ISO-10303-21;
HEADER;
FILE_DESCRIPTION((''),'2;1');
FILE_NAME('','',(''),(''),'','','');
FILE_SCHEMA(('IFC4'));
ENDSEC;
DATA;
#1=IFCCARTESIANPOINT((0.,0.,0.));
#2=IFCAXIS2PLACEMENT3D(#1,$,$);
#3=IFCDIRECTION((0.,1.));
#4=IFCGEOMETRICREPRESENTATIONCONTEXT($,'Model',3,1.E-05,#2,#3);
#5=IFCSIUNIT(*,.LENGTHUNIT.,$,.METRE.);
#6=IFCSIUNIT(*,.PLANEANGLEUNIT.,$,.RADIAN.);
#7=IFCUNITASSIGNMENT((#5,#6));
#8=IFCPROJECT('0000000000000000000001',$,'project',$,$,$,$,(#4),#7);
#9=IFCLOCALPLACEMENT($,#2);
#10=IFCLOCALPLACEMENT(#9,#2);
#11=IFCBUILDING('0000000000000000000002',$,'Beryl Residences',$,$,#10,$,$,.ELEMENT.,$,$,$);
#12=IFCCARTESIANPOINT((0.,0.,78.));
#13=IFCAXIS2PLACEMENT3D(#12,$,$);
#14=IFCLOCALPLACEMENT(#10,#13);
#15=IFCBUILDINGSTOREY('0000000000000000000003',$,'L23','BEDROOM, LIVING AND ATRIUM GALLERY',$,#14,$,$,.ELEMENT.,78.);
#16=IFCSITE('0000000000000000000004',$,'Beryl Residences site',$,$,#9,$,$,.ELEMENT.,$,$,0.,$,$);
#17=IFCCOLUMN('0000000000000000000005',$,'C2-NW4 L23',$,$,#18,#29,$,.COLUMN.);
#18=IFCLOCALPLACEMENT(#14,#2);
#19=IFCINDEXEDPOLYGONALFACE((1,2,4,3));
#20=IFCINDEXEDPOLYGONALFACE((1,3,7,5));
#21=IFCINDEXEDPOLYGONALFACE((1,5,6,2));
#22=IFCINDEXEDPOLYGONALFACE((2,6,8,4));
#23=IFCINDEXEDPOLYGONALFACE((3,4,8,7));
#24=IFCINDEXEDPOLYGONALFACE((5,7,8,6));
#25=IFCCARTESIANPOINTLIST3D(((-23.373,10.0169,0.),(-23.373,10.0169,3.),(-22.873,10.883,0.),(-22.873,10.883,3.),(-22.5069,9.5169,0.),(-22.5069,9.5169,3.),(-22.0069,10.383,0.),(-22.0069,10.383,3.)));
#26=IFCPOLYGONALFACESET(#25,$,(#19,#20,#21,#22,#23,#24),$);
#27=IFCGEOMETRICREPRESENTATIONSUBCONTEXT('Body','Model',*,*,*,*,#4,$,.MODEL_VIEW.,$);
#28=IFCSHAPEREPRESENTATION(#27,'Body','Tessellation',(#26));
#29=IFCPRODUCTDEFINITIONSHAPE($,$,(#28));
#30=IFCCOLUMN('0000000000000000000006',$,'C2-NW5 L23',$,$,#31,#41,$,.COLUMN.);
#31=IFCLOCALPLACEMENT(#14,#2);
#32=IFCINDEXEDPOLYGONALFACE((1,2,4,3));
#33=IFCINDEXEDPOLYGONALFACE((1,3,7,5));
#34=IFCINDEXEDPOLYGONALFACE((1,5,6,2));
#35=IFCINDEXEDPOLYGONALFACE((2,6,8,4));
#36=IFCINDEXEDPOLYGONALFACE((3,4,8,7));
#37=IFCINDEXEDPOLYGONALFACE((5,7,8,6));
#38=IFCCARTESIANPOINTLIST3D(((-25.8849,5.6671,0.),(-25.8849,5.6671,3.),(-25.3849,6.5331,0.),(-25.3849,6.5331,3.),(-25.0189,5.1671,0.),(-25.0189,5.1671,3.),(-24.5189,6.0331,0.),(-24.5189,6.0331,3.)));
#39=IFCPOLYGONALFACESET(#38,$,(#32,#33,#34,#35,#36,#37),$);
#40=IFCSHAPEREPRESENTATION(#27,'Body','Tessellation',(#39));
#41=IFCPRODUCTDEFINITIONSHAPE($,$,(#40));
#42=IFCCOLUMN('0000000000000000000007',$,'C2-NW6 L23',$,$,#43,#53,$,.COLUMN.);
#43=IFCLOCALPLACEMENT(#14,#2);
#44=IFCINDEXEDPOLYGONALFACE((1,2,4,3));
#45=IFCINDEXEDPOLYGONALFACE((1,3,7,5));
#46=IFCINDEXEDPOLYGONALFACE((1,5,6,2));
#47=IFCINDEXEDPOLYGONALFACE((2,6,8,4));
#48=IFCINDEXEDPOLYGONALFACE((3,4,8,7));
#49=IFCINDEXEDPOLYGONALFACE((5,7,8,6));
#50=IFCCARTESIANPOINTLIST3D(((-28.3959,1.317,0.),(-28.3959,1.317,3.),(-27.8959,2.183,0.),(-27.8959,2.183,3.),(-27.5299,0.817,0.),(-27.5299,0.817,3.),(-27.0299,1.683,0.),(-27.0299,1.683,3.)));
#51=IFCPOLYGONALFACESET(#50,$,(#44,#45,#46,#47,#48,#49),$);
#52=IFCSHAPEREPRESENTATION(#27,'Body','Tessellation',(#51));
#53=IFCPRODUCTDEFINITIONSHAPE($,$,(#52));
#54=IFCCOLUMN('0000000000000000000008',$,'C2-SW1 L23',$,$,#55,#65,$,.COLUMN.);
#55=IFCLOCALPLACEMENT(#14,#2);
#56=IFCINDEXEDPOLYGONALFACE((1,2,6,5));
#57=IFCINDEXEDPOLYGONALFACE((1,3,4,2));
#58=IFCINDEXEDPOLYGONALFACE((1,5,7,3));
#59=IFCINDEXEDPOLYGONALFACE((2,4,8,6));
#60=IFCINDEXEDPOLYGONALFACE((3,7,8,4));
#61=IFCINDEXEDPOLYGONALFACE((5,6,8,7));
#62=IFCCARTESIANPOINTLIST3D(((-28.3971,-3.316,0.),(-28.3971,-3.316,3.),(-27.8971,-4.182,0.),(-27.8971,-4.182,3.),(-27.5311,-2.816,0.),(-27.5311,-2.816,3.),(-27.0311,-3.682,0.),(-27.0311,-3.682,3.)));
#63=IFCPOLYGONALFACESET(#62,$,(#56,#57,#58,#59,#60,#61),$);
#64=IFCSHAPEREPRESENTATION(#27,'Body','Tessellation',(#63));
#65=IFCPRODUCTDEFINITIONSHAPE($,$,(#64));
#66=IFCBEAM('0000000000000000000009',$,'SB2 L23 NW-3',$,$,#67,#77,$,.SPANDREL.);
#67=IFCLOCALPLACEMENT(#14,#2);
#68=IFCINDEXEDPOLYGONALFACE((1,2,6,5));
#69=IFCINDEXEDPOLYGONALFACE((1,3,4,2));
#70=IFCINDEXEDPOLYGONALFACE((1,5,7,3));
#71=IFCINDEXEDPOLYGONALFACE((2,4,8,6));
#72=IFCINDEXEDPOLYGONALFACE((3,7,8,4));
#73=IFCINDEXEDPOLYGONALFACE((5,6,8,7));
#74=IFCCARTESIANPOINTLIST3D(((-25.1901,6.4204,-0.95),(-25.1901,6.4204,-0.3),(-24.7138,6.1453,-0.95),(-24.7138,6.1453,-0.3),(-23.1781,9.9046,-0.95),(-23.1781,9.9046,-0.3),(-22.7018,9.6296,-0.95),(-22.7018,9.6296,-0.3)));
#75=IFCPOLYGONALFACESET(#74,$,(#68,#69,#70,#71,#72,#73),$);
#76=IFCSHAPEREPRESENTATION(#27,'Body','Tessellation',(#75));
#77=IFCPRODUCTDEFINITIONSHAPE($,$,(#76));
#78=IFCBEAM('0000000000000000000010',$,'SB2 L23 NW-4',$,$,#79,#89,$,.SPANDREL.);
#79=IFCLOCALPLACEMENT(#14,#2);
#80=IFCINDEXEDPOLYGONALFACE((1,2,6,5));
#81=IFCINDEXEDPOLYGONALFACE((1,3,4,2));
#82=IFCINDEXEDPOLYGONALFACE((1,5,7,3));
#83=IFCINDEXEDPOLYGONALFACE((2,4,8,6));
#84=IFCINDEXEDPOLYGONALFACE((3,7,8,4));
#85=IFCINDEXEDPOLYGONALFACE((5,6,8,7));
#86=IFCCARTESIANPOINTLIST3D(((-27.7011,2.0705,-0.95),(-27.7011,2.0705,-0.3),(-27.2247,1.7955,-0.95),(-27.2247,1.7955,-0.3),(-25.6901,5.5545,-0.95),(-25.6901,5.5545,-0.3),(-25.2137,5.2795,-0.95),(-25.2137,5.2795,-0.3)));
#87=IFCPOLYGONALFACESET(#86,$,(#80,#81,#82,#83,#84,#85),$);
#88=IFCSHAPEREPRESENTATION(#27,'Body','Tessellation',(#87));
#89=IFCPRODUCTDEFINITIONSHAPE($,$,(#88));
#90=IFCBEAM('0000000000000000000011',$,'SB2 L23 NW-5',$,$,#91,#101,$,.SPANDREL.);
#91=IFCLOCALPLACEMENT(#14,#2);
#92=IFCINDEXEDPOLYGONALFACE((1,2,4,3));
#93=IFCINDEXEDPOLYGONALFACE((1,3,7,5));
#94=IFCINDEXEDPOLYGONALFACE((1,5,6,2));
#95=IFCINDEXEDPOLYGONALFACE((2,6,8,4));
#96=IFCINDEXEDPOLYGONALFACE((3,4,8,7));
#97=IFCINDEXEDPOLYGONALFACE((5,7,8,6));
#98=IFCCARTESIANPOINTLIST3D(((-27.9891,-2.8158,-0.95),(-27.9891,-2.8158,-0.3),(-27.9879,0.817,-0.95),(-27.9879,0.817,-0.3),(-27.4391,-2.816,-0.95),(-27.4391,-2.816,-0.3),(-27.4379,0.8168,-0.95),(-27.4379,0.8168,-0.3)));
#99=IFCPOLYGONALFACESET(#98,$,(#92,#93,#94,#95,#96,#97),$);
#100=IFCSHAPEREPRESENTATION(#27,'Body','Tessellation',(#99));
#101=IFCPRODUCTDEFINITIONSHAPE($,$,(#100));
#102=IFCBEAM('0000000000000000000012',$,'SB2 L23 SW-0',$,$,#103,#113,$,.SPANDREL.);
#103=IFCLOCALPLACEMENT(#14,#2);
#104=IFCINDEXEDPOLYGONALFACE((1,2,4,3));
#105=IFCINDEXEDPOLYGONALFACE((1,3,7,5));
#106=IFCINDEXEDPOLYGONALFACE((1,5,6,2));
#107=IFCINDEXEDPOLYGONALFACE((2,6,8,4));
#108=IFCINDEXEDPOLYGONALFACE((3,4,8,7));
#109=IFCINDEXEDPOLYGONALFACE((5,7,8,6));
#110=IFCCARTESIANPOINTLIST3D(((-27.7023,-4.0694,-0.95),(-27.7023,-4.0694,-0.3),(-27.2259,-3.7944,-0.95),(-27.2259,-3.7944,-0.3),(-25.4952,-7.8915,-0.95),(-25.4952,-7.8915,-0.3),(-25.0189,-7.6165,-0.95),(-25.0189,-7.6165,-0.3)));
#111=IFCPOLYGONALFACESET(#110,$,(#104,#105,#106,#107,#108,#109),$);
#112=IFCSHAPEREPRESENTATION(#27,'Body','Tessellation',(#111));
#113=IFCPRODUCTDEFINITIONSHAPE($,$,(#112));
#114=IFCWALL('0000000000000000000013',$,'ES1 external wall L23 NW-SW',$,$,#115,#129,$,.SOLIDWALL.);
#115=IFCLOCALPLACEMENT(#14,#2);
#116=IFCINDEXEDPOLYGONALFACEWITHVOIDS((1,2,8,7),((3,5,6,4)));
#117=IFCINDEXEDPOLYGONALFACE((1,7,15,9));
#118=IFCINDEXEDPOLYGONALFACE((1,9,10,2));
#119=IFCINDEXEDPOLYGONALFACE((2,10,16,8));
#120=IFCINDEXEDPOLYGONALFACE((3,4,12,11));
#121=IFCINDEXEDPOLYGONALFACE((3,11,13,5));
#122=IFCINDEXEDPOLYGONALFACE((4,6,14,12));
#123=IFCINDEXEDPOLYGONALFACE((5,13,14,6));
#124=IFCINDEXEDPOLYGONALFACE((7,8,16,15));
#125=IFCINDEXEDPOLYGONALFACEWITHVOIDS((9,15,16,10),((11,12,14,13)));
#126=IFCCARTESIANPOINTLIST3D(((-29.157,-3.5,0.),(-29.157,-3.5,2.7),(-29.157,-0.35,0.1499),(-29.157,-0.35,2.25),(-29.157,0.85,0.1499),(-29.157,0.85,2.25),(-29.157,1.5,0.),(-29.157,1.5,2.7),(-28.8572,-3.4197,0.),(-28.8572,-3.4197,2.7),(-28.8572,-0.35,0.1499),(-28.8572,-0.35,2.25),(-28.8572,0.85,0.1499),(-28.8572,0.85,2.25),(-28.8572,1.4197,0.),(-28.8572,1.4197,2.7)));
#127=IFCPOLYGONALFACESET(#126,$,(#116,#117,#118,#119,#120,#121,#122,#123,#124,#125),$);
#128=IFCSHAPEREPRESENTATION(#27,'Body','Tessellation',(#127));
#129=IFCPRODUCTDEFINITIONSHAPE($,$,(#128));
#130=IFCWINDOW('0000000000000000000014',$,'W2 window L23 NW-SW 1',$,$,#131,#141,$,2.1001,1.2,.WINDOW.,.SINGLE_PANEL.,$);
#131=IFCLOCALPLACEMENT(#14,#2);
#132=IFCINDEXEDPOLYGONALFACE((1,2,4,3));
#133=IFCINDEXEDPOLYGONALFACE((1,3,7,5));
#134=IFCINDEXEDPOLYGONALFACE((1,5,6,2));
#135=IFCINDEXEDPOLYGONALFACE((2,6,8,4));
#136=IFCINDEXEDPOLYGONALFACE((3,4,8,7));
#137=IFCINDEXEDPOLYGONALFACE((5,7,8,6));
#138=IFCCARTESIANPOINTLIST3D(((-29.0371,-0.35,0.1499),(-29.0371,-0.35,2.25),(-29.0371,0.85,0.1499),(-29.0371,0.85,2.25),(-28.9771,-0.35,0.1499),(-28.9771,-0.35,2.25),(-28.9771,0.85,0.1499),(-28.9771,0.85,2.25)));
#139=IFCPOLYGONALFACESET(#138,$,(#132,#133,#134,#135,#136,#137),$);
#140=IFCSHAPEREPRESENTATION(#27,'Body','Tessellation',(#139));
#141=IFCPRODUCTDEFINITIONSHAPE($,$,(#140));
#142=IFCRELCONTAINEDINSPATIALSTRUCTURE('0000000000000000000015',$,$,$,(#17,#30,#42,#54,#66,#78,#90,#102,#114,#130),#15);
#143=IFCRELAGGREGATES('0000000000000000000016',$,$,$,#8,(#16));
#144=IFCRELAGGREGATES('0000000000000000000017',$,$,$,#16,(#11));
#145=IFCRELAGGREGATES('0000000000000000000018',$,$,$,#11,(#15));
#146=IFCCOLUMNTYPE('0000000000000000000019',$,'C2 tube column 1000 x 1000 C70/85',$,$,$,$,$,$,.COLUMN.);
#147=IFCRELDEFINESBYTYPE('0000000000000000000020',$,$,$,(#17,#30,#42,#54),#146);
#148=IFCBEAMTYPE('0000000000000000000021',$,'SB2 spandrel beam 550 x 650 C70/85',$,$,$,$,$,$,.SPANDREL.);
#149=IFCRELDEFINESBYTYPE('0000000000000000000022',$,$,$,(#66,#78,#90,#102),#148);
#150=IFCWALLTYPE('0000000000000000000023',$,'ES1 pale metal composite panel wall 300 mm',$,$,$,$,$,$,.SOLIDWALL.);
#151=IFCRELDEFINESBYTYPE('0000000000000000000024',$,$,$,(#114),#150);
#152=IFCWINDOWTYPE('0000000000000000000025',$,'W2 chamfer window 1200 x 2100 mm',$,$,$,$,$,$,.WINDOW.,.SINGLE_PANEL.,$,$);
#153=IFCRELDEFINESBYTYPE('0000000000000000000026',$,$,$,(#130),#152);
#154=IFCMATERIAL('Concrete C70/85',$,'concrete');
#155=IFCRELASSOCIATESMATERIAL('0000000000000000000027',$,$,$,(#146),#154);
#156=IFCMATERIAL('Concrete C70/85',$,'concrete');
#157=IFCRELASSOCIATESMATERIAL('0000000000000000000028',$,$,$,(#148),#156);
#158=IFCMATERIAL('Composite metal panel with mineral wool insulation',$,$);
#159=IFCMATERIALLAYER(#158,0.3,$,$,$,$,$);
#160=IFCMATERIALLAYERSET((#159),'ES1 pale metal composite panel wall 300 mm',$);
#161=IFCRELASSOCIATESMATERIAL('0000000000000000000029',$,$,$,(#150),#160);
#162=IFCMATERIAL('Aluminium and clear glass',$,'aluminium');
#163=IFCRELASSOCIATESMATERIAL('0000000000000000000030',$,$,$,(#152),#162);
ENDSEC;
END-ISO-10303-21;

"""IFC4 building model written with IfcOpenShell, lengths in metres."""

from ifc_helpers import new_model, si_unit, direction, frame, frame_2d, origin, origin_2d, place, context, subcontext, project, spatial, polyline, rectangle, outline, extrude, material, layer, layer_set, material_profile, profile_set, type_object, element, fill, save


model = new_model("IFC4")

# Units and contexts
model_context = context("Model", 3, precision=1e-05, world=origin(), true_north=direction((0.0, 1.0)))
body_context = subcontext(model_context, "Body", "Model", "MODEL_VIEW")
ifc_project = project(units=[si_unit("LENGTHUNIT", "METRE"), si_unit("PLANEANGLEUNIT", "RADIAN")], contexts=[model_context])

# Site, building, storey
site_placement = place(None, origin())
site = spatial("IfcSite", under=ifc_project, at=site_placement, Name="Beryl Residences site", CompositionType="ELEMENT", RefElevation=0.0)
building_placement = place(site_placement, origin())
building = spatial("IfcBuilding", under=site, at=building_placement, Name="Beryl Residences", CompositionType="ELEMENT")
storey_placement = place(building_placement, frame((0.0, 0.0, 78.0)))
storey = spatial("IfcBuildingStorey", under=building, at=storey_placement, Name="L23", Description="BEDROOM, LIVING AND ATRIUM GALLERY", CompositionType="ELEMENT", Elevation=78.0)

# Columns
ifc_material_1 = material(Name="Concrete C70/85", Category="concrete")
ifc_material_profile_1 = material_profile(ifc_material_1, rectangle(XDim=1.0, YDim=1.0, at=origin_2d()))
ifc_profile_set_1 = profile_set([ifc_material_profile_1], Name="Concrete C70/85")
column_type = type_object("IfcColumnType", Name="C2 tube column 1000 x 1000 C70/85", PredefinedType="COLUMN", material=ifc_profile_set_1)
for number, where, z_axis, x_axis, name in (
    (1, (-22.6899, 10.2, 0.0), (0.0, 0.0, 1.0), (-0.5, -0.866025, 0.0), "C2-NW4 L23"),
    (2, (-25.2019, 5.8501, 0.0), (0.0, 0.0, 1.0), (-0.5, -0.866025, 0.0), "C2-NW5 L23"),
    (3, (-27.7129, 1.5, 0.0), (0.0, 0.0, 1.0), (-0.5, -0.866025, 0.0), "C2-NW6 L23"),
    (4, (-27.7141, -3.499, 0.0), (0.0, 0.0, 1.0), (0.5, -0.866025, 0.0), "C2-SW1 L23"),
):
    element("IfcColumn", number, at=place(storey_placement, frame(where, z_axis=z_axis, x_axis=x_axis)), inside=storey, type_object=column_type, Name=name, PredefinedType="COLUMN", context=body_context, shape_type="SweptSolid", body=[
        extrude(rectangle(XDim=1.0, YDim=1.0, at=origin_2d()), origin(), (0.0, 0.0, 1.0), 3.0),
    ])

# Beams
ifc_material_2 = material(Name="Concrete C70/85", Category="concrete")
ifc_material_profile_2 = material_profile(ifc_material_2, rectangle(XDim=0.55, YDim=0.6499, at=origin_2d()))
ifc_profile_set_2 = profile_set([ifc_material_profile_2], Name="Concrete C70/85")
beam_type = type_object("IfcBeamType", Name="SB2 spandrel beam 550 x 650 C70/85", PredefinedType="SPANDREL", material=ifc_profile_set_2)
beam_1_placement = place(storey_placement, frame((-22.9399, 9.7671, -0.625), z_axis=(-0.500074, -0.865982, 0.0), x_axis=(0.865982, -0.500074, 0.0)))
element("IfcBeam", 5, at=beam_1_placement, inside=storey, type_object=beam_type, Name="SB2 L23 NW-3", PredefinedType="SPANDREL", context=body_context, shape_type="SweptSolid", body=[
    extrude(rectangle(XDim=0.55, YDim=0.6499, at=origin_2d()), origin(), (0.0, 0.0, 1.0), 4.0234),
])
beam_2_placement = place(storey_placement, frame((-25.4519, 5.417, -0.625), z_axis=(-0.499919, -0.866072, 0.0), x_axis=(0.866072, -0.499919, 0.0)))
element("IfcBeam", 6, at=beam_2_placement, inside=storey, type_object=beam_type, Name="SB2 L23 NW-4", PredefinedType="SPANDREL", context=body_context, shape_type="SweptSolid", body=[
    extrude(rectangle(XDim=0.55, YDim=0.6499, at=origin_2d()), origin(), (0.0, 0.0, 1.0), 4.0227),
])
beam_3_placement = place(storey_placement, frame((-27.7129, 0.8169, -0.625), z_axis=(-0.000336, -1.0, 0.0), x_axis=(1.0, -0.000336, 0.0)))
element("IfcBeam", 7, at=beam_3_placement, inside=storey, type_object=beam_type, Name="SB2 L23 NW-5", PredefinedType="SPANDREL", context=body_context, shape_type="SweptSolid", body=[
    extrude(rectangle(XDim=0.55, YDim=0.6499, at=origin_2d()), origin(), (0.0, 0.0, 1.0), 3.6328),
])
beam_4_placement = place(storey_placement, frame((-27.4641, -3.9319, -0.625), z_axis=(0.500066, -0.865988, 0.0), x_axis=(0.865988, 0.500066, 0.0)))
element("IfcBeam", 8, at=beam_4_placement, inside=storey, type_object=beam_type, Name="SB2 L23 SW-0", PredefinedType="SPANDREL", context=body_context, shape_type="SweptSolid", body=[
    extrude(rectangle(XDim=0.55, YDim=0.6499, at=origin_2d()), origin(), (0.0, 0.0, 1.0), 4.4136),
])

# Wall, opening, window
ifc_material_3 = material(Name="Composite metal panel with mineral wool insulation")
ifc_layer_1 = layer(ifc_material_3, 0.3)
ifc_layer_set_1 = layer_set([ifc_layer_1], Name="ES1 pale metal composite panel wall 300 mm")
wall_type_1 = type_object("IfcWallType", Name="ES1 pale metal composite panel wall 300 mm", PredefinedType="SOLIDWALL", material=ifc_layer_set_1)
wall_1_placement = place(storey_placement, frame((-29.0071, 1.5, 0.0), z_axis=(0.0, 0.0, 1.0), x_axis=(0.0, -1.0, 0.0)))
wall_1 = element("IfcWall", 9, at=wall_1_placement, inside=storey, type_object=wall_type_1, Name="ES1 external wall L23 NW-SW", PredefinedType="SOLIDWALL", context=body_context, shape_type="SweptSolid", body=[
    extrude(outline(polyline([(0.0, -0.1499), (5.0, -0.1499), (4.9197, 0.1499), (0.0803, 0.1499), (0.0, -0.1499)])), origin(), (0.0, 0.0, 1.0), 2.7),
])
opening_1_placement = place(wall_1_placement, frame((0.6499, 0.0, 0.1499)))
opening_1 = element("IfcOpeningElement", 10, at=opening_1_placement, cuts=wall_1, PredefinedType="OPENING", context=body_context, shape_type="SweptSolid", body=[
    extrude(rectangle(XDim=1.2, YDim=2.1001, at=frame_2d((0.6001, 1.05))), frame((0.0, 0.1599, 0.0), z_axis=(0.0, -1.0, 0.0), x_axis=(1.0, 0.0, 0.0)), (0.0, 0.0, 1.0), 0.3201),
])
ifc_material_4 = material(Name="Aluminium and clear glass", Category="aluminium")
window_type_1 = type_object("IfcWindowType", Name="W2 chamfer window 1200 x 2100 mm", PartitioningType="SINGLE_PANEL", PredefinedType="WINDOW", material=ifc_material_4)
window_1_placement = place(opening_1_placement, origin())
window_1 = element("IfcWindow", 11, at=window_1_placement, inside=storey, type_object=window_type_1, Name="W2 window L23 NW-SW 1", OverallHeight=2.1001, OverallWidth=1.2, PartitioningType="SINGLE_PANEL", PredefinedType="WINDOW", context=body_context, shape_type="SweptSolid", body=[
    extrude(rectangle(XDim=1.2, YDim=2.1001, at=frame_2d((0.6001, 1.05))), frame((0.0, 0.03, 0.0), z_axis=(0.0, -1.0, 0.0), x_axis=(1.0, 0.0, 0.0)), (0.0, 0.0, 1.0), 0.0601),
])
fill(opening_1, window_1)

save(model, "model.ifc")
